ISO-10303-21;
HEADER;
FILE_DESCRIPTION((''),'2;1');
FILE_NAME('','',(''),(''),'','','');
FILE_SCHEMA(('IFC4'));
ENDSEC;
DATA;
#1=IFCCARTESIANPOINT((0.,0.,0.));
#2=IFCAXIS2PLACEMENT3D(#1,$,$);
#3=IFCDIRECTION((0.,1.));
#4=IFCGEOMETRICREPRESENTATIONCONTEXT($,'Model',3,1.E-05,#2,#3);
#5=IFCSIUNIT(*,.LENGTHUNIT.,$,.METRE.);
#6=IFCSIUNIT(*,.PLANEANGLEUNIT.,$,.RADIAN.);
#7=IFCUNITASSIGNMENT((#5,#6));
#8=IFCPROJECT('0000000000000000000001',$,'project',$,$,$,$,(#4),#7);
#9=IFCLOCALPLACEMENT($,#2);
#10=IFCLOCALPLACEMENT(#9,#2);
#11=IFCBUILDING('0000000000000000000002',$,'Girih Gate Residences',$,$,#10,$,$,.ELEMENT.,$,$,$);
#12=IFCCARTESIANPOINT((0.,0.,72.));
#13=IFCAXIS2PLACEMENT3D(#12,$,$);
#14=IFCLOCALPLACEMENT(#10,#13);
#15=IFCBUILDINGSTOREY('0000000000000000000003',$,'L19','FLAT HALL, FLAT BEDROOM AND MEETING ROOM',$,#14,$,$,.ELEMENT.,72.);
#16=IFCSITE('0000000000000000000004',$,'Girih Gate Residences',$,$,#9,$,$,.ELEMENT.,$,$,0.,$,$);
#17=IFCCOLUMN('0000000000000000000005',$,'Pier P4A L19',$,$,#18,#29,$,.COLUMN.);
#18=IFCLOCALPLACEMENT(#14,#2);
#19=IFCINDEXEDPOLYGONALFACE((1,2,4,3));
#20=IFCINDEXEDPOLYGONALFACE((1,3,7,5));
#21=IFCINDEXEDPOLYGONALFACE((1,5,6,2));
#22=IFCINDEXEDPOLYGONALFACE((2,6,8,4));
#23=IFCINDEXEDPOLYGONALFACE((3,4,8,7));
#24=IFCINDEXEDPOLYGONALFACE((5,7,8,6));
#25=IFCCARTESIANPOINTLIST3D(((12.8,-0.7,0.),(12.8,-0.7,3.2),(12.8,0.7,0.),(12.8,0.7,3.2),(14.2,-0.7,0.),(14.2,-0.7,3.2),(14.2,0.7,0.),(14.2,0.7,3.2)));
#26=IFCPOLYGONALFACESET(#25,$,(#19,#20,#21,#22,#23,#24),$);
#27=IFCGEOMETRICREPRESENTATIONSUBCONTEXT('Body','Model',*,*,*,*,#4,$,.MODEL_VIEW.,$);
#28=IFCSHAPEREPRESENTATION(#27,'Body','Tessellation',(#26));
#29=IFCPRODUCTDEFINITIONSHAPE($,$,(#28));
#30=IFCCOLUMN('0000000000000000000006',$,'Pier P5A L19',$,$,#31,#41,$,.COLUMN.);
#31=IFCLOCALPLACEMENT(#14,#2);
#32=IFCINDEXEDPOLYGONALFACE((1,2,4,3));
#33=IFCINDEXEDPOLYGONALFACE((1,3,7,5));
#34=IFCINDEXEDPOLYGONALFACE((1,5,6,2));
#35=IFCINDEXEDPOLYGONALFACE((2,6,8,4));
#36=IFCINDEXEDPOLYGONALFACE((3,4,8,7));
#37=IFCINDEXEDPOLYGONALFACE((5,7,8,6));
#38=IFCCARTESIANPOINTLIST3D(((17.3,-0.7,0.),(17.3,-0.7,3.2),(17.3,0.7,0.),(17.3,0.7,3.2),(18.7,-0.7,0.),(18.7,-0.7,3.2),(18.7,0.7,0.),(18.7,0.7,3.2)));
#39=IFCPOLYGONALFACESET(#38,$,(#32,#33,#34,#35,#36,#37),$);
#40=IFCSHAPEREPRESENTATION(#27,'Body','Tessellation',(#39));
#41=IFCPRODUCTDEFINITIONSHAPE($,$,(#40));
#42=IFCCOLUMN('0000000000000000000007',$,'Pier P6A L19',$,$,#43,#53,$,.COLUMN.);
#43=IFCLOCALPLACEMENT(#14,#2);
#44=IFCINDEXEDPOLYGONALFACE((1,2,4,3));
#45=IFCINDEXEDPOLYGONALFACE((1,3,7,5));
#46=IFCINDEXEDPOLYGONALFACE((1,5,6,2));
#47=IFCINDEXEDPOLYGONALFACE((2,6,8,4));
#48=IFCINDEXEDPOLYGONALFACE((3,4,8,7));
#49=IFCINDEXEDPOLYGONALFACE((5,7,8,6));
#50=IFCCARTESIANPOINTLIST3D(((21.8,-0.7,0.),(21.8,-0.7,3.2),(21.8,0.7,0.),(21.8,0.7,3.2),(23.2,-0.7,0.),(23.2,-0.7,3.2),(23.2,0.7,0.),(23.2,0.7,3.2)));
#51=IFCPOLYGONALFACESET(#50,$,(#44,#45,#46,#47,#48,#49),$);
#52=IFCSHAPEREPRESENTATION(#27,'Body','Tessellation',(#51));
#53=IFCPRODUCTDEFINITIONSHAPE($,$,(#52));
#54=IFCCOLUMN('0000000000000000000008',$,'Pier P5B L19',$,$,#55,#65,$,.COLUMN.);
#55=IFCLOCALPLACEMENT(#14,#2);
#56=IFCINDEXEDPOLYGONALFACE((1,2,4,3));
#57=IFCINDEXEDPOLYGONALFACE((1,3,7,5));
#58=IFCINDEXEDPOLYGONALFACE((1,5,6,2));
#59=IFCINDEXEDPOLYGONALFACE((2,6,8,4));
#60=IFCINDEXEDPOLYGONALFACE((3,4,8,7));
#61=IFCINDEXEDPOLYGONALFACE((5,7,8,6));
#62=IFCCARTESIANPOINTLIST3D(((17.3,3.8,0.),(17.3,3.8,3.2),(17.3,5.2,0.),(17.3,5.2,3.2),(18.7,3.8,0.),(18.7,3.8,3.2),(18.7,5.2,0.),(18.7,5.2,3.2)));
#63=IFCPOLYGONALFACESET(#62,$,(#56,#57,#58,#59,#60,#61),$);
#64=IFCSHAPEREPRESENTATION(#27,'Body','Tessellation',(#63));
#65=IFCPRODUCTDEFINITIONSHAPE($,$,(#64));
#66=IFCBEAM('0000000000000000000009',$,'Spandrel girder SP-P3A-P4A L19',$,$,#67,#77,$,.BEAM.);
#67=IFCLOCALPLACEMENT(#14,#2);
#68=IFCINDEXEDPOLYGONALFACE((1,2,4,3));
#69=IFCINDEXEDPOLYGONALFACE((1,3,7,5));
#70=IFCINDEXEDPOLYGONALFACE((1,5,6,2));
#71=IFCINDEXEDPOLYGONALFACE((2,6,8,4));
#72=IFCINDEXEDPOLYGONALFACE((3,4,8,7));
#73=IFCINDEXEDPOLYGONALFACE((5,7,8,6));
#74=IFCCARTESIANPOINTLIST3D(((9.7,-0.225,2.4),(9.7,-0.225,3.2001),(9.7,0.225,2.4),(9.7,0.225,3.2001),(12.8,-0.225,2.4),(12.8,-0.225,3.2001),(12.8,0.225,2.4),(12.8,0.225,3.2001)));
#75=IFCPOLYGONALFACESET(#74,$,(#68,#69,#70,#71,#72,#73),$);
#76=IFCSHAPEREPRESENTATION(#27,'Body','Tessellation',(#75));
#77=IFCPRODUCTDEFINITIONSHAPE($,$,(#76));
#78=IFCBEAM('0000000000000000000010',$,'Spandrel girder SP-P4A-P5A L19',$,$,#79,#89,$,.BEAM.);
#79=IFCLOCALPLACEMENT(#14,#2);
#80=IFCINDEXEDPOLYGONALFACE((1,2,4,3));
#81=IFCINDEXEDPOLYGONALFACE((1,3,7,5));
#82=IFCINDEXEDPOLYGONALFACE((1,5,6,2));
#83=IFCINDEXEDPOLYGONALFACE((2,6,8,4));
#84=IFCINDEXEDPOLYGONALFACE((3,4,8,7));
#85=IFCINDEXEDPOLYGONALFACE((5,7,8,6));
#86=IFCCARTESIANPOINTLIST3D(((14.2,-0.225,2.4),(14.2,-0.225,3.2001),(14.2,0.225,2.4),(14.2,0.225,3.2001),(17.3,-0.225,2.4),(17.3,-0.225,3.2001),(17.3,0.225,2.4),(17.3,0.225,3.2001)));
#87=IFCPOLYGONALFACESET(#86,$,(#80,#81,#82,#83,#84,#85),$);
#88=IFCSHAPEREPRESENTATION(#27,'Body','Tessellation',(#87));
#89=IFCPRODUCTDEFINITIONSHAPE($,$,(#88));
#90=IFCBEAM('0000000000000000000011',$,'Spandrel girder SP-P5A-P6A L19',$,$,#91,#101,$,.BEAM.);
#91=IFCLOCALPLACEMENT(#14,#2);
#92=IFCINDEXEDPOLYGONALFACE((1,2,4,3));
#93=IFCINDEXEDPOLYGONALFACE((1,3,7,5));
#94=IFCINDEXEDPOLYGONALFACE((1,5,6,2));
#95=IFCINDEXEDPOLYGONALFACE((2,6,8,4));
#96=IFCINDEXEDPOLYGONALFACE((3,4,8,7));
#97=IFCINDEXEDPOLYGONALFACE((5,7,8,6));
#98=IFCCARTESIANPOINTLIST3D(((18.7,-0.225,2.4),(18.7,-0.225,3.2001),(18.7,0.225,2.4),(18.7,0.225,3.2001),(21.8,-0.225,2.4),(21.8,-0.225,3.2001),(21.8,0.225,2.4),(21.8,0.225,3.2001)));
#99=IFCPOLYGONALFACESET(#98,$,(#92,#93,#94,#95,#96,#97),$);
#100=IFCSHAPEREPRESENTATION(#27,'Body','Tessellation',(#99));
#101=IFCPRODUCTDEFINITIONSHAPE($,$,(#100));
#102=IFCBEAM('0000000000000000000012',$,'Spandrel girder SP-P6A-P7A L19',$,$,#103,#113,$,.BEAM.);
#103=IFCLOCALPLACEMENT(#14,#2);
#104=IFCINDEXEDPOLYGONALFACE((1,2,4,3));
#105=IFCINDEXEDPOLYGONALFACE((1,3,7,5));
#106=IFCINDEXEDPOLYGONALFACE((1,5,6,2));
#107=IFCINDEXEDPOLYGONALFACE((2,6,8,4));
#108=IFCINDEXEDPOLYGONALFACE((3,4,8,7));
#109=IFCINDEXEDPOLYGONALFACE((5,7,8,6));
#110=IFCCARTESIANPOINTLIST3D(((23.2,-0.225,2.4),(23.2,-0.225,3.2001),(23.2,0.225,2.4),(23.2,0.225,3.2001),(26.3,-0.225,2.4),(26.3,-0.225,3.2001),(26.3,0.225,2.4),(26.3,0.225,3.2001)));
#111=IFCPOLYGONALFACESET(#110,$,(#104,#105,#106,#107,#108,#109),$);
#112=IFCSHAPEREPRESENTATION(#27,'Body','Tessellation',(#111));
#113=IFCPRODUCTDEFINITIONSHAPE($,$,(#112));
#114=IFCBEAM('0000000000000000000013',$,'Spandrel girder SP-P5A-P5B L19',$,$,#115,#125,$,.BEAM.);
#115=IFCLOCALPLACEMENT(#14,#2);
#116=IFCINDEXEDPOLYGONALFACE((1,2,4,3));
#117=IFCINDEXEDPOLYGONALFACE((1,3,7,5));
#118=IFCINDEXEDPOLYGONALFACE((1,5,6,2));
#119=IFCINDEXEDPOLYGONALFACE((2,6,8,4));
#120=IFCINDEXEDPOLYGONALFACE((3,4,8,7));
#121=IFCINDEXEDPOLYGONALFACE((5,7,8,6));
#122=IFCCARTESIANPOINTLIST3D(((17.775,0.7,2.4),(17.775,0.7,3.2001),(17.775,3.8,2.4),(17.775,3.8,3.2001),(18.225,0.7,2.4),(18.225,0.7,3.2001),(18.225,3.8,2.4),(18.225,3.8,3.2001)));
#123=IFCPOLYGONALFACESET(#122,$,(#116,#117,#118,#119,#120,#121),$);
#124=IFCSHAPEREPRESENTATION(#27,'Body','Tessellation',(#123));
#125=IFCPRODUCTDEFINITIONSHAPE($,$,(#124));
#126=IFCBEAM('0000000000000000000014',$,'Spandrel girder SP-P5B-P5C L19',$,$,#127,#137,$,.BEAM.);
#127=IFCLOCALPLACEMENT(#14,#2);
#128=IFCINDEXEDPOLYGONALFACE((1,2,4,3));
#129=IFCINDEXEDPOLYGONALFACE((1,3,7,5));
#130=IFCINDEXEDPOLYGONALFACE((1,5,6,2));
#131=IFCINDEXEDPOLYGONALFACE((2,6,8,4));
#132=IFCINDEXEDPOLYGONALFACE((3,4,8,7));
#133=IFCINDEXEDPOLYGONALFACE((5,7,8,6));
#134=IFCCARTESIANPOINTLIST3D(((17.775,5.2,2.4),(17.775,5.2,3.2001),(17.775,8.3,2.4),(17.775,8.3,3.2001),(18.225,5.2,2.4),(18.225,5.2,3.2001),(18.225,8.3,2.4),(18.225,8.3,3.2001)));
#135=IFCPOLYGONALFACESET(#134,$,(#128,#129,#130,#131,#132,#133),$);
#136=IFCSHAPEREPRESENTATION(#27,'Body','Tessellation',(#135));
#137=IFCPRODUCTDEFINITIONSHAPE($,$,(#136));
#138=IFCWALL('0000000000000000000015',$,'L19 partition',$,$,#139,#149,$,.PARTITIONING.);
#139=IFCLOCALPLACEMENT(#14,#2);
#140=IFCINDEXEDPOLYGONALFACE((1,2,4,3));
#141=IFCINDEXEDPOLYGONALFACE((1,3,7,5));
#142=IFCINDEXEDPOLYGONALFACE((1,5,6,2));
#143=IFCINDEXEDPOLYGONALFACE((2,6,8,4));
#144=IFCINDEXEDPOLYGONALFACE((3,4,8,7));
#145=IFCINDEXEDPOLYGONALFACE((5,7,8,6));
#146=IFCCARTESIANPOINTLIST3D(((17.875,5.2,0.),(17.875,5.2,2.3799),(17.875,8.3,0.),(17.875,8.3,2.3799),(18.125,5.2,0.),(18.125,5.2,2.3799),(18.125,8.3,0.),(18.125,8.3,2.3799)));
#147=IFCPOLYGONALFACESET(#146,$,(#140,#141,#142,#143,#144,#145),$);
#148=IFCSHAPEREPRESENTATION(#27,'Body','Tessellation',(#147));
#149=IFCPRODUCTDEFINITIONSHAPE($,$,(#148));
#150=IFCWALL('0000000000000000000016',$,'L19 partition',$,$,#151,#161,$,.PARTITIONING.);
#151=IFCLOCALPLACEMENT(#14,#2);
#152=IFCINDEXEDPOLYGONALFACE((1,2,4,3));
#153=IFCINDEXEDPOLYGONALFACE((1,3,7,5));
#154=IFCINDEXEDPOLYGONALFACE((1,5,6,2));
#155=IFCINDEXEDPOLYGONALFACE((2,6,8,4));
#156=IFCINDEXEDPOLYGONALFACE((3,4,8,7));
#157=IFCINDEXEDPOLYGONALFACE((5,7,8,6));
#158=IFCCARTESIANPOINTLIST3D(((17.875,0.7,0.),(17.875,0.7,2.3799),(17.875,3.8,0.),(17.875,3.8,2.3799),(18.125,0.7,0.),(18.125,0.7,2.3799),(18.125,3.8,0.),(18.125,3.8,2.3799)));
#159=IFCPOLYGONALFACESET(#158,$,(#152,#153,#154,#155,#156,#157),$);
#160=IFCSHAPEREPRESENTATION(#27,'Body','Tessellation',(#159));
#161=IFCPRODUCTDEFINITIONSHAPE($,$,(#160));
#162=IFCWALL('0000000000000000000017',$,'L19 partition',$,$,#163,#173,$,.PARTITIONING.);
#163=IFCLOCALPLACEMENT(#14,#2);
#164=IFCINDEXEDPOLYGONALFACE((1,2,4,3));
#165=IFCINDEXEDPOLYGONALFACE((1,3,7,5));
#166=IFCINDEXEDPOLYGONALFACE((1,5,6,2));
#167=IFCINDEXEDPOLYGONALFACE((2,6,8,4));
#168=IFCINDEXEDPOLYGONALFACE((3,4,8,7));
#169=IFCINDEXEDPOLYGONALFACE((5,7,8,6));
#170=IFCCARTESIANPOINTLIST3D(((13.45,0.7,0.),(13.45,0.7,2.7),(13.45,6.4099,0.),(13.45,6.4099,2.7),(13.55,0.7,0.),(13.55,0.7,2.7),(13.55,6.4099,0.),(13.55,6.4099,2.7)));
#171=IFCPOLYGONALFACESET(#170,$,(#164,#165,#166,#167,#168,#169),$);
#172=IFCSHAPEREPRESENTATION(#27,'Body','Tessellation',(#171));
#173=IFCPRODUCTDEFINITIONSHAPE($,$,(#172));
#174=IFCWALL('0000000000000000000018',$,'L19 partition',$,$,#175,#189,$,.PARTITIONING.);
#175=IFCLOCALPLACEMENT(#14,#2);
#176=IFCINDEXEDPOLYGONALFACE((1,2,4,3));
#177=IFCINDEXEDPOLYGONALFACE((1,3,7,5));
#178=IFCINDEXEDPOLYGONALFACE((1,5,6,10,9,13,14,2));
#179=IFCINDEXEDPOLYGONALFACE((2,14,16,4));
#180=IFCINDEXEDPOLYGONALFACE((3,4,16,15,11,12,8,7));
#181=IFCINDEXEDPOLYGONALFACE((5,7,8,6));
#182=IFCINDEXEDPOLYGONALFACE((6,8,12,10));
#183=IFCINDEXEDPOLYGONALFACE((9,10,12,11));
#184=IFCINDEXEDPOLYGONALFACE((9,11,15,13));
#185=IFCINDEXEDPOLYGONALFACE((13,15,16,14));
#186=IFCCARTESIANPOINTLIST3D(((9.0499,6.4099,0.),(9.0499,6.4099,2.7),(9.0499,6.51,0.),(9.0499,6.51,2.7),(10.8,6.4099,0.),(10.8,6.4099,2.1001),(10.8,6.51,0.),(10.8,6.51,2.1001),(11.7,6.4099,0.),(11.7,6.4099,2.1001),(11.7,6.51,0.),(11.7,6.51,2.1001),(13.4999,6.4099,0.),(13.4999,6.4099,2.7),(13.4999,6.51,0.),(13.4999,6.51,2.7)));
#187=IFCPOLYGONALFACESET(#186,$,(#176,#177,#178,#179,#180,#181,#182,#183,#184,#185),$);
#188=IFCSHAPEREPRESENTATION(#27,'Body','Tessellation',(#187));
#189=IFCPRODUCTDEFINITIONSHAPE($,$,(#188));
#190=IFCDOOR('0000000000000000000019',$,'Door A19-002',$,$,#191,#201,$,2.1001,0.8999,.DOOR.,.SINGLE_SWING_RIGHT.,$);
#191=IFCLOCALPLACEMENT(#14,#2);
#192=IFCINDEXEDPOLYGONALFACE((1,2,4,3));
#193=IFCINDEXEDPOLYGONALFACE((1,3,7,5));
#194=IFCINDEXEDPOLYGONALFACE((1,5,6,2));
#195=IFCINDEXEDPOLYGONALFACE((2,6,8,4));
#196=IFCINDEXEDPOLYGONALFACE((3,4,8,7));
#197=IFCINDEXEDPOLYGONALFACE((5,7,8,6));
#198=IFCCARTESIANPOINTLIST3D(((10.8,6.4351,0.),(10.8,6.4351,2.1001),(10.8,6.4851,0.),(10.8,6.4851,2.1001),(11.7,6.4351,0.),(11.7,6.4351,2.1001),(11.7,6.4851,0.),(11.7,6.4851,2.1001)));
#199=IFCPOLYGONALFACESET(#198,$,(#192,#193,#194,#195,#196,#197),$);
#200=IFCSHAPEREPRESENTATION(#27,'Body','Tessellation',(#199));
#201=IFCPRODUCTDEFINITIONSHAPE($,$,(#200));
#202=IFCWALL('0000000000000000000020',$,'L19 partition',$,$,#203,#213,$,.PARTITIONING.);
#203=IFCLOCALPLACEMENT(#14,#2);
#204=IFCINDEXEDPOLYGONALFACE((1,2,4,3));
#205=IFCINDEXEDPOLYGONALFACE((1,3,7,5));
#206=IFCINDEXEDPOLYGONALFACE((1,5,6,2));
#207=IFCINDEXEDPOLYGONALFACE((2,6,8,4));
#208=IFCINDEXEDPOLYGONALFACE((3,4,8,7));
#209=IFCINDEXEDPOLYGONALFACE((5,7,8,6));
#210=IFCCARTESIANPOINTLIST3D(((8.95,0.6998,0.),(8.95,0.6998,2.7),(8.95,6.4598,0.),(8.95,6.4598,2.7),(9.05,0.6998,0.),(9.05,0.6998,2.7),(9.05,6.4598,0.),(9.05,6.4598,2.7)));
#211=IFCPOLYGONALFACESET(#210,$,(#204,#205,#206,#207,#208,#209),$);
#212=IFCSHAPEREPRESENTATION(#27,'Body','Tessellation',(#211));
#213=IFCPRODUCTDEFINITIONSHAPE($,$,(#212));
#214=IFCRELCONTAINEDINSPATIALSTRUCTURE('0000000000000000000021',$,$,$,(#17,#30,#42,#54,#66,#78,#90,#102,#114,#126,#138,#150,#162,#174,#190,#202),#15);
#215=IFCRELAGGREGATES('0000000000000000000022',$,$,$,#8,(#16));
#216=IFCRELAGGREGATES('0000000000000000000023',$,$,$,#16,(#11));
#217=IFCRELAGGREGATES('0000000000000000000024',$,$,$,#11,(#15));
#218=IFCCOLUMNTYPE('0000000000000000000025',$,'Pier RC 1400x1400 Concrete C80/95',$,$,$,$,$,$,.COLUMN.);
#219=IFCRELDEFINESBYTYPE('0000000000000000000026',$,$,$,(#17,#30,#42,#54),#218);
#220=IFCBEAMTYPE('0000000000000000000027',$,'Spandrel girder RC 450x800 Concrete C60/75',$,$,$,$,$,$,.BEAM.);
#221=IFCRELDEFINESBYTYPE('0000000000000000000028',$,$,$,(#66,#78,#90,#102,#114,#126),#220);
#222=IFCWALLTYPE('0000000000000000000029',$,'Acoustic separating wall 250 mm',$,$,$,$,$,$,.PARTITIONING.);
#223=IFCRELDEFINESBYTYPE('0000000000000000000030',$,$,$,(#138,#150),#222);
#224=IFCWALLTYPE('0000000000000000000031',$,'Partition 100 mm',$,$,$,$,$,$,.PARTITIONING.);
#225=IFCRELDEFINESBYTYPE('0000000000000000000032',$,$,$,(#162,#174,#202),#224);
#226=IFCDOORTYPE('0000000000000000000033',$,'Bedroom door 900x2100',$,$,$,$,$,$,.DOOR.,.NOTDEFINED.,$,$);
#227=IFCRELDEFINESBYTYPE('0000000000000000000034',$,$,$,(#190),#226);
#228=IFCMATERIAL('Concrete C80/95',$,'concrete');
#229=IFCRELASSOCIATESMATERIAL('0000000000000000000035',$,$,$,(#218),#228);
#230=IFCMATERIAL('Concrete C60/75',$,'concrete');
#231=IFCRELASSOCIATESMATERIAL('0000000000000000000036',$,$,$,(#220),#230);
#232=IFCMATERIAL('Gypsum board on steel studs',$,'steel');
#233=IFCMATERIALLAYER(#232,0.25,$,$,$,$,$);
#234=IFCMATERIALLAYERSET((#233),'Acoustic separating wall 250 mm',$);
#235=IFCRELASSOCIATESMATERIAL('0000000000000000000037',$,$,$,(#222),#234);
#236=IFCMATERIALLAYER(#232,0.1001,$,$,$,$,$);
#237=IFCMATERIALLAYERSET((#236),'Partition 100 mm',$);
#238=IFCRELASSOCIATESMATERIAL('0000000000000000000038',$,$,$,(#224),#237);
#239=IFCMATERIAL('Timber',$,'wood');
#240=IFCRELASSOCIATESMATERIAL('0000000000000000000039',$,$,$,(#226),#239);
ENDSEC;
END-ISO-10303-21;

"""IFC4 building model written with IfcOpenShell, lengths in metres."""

from ifc_helpers import new_model, si_unit, direction, frame, frame_2d, origin, origin_2d, place, context, subcontext, project, spatial, rectangle, extrude, material, layer, layer_set, material_profile, profile_set, type_object, element, fill, save


model = new_model("IFC4")

# Units and contexts
model_context = context("Model", 3, precision=1e-05, world=origin(), true_north=direction((0.0, 1.0)))
body_context = subcontext(model_context, "Body", "Model", "MODEL_VIEW")
ifc_project = project(units=[si_unit("LENGTHUNIT", "METRE"), si_unit("PLANEANGLEUNIT", "RADIAN")], contexts=[model_context])

# Site, building, storey
site_placement = place(None, origin())
site = spatial("IfcSite", under=ifc_project, at=site_placement, Name="Girih Gate Residences", CompositionType="ELEMENT", RefElevation=0.0)
building_placement = place(site_placement, origin())
building = spatial("IfcBuilding", under=site, at=building_placement, Name="Girih Gate Residences", CompositionType="ELEMENT")
storey_placement = place(building_placement, frame((0.0, 0.0, 72.0)))
storey = spatial("IfcBuildingStorey", under=building, at=storey_placement, Name="L19", Description="FLAT HALL, FLAT BEDROOM AND MEETING ROOM", CompositionType="ELEMENT", Elevation=72.0)

# Columns
ifc_material_1 = material(Name="Concrete C80/95", Category="concrete")
ifc_material_profile_1 = material_profile(ifc_material_1, rectangle(XDim=1.3999, YDim=1.3999, at=origin_2d()))
ifc_profile_set_1 = profile_set([ifc_material_profile_1], Name="Concrete C80/95")
column_type = type_object("IfcColumnType", Name="Pier RC 1400x1400 Concrete C80/95", PredefinedType="COLUMN", material=ifc_profile_set_1)
for number, where, z_axis, x_axis, name in (
    (1, (13.5, 0.0, 0.0), (0.0, 0.0, 1.0), (1.0, 0.0, 0.0), "Pier P4A L19"),
    (2, (18.0, 0.0, 0.0), (0.0, 0.0, 1.0), (1.0, 0.0, 0.0), "Pier P5A L19"),
    (3, (22.5, 0.0, 0.0), (0.0, 0.0, 1.0), (1.0, 0.0, 0.0), "Pier P6A L19"),
    (4, (18.0, 4.5, 0.0), (0.0, 0.0, 1.0), (1.0, 0.0, 0.0), "Pier P5B L19"),
):
    element("IfcColumn", number, at=place(storey_placement, frame(where, z_axis=z_axis, x_axis=x_axis)), inside=storey, type_object=column_type, Name=name, PredefinedType="COLUMN", context=body_context, shape_type="SweptSolid", body=[
        extrude(rectangle(XDim=1.3999, YDim=1.3999, at=origin_2d()), origin(), (0.0, 0.0, 1.0), 3.2),
    ])

# Beams
ifc_material_2 = material(Name="Concrete C60/75", Category="concrete")
ifc_material_profile_2 = material_profile(ifc_material_2, rectangle(XDim=0.45, YDim=0.8, at=origin_2d()))
ifc_profile_set_2 = profile_set([ifc_material_profile_2], Name="Concrete C60/75")
beam_type = type_object("IfcBeamType", Name="Spandrel girder RC 450x800 Concrete C60/75", PredefinedType="BEAM", material=ifc_profile_set_2)
for number, where, z_axis, x_axis, name in (
    (5, (9.7, 0.0, 2.8), (1.0, 0.0, 0.0), (0.0, 1.0, 0.0), "Spandrel girder SP-P3A-P4A L19"),
    (6, (14.2, 0.0, 2.8), (1.0, 0.0, 0.0), (0.0, 1.0, 0.0), "Spandrel girder SP-P4A-P5A L19"),
    (7, (18.7, 0.0, 2.8), (1.0, 0.0, 0.0), (0.0, 1.0, 0.0), "Spandrel girder SP-P5A-P6A L19"),
    (8, (23.2, 0.0, 2.8), (1.0, 0.0, 0.0), (0.0, 1.0, 0.0), "Spandrel girder SP-P6A-P7A L19"),
    (9, (18.0, 0.7, 2.8), (0.0, 1.0, 0.0), (-1.0, 0.0, 0.0), "Spandrel girder SP-P5A-P5B L19"),
    (10, (18.0, 5.2, 2.8), (0.0, 1.0, 0.0), (-1.0, 0.0, 0.0), "Spandrel girder SP-P5B-P5C L19"),
):
    element("IfcBeam", number, at=place(storey_placement, frame(where, z_axis=z_axis, x_axis=x_axis)), inside=storey, type_object=beam_type, Name=name, PredefinedType="BEAM", context=body_context, shape_type="SweptSolid", body=[
        extrude(rectangle(XDim=0.45, YDim=0.8, at=origin_2d()), origin(), (0.0, 0.0, 1.0), 3.1001),
    ])

# Walls
ifc_material_3 = material(Name="Gypsum board on steel studs", Category="steel")
ifc_layer_1 = layer(ifc_material_3, 0.25)
ifc_layer_set_1 = layer_set([ifc_layer_1], Name="Acoustic separating wall 250 mm")
wall_type_1 = type_object("IfcWallType", Name="Acoustic separating wall 250 mm", PredefinedType="PARTITIONING", material=ifc_layer_set_1)
for number, where, z_axis, x_axis, name in (
    (11, (18.0, 5.2, 0.0), (0.0, 0.0, 1.0), (0.0, 1.0, 0.0), "L19 partition"),
    (12, (18.0, 0.7, 0.0), (0.0, 0.0, 1.0), (0.0, 1.0, 0.0), "L19 partition"),
):
    element("IfcWall", number, at=place(storey_placement, frame(where, z_axis=z_axis, x_axis=x_axis)), inside=storey, type_object=wall_type_1, Name=name, PredefinedType="PARTITIONING", context=body_context, shape_type="SweptSolid", body=[
        extrude(rectangle(XDim=3.1001, YDim=0.25, at=frame_2d((1.55, 0.0))), origin(), (0.0, 0.0, 1.0), 2.3799),
    ])
ifc_layer_2 = layer(ifc_material_3, 0.1001)
ifc_layer_set_2 = layer_set([ifc_layer_2], Name="Partition 100 mm")
wall_type_2 = type_object("IfcWallType", Name="Partition 100 mm", PredefinedType="PARTITIONING", material=ifc_layer_set_2)
wall_1_placement = place(storey_placement, frame((13.5, 0.7, 0.0), z_axis=(0.0, 0.0, 1.0), x_axis=(0.0, 1.0, 0.0)))
element("IfcWall", 13, at=wall_1_placement, inside=storey, type_object=wall_type_2, Name="L19 partition", PredefinedType="PARTITIONING", context=body_context, shape_type="SweptSolid", body=[
    extrude(rectangle(XDim=5.71, YDim=0.1001, at=frame_2d((2.855, 0.0))), origin(), (0.0, 0.0, 1.0), 2.7),
])

# Wall, opening, door
wall_2_placement = place(storey_placement, frame((13.5, 6.46, 0.0), z_axis=(0.0, 0.0, 1.0), x_axis=(-1.0, 0.0, 0.0)))
wall_2 = element("IfcWall", 14, at=wall_2_placement, inside=storey, type_object=wall_type_2, Name="L19 partition", PredefinedType="PARTITIONING", context=body_context, shape_type="SweptSolid", body=[
    extrude(rectangle(XDim=4.45, YDim=0.1001, at=frame_2d((2.2251, 0.0))), origin(), (0.0, 0.0, 1.0), 2.7),
])
opening_1_placement = place(wall_2_placement, frame((1.8, 0.0, 0.0)))
opening_1 = element("IfcOpeningElement", 15, at=opening_1_placement, cuts=wall_2, PredefinedType="OPENING", context=body_context, shape_type="SweptSolid", body=[
    extrude(rectangle(XDim=0.8999, YDim=2.1001, at=frame_2d((0.45, 1.05))), frame((0.0, 0.0601, 0.0), z_axis=(0.0, -1.0, 0.0), x_axis=(1.0, 0.0, 0.0)), (0.0, 0.0, 1.0), 0.1201),
])
ifc_material_4 = material(Name="Timber", Category="wood")
door_type_1 = type_object("IfcDoorType", Name="Bedroom door 900x2100", OperationType="NOTDEFINED", PredefinedType="DOOR", material=ifc_material_4)
door_1_placement = place(opening_1_placement, origin())
door_1 = element("IfcDoor", 16, at=door_1_placement, inside=storey, type_object=door_type_1, Name="Door A19-002", OperationType="SINGLE_SWING_RIGHT", OverallHeight=2.1001, OverallWidth=0.8999, PredefinedType="DOOR", context=body_context, shape_type="SweptSolid", body=[
    extrude(rectangle(XDim=0.8999, YDim=2.1001, at=frame_2d((0.45, 1.05))), frame((0.0, 0.0249, 0.0), z_axis=(0.0, -1.0, 0.0), x_axis=(1.0, 0.0, 0.0)), (0.0, 0.0, 1.0), 0.05),
])
fill(opening_1, door_1)

# Wall
wall_3_placement = place(storey_placement, frame((9.0, 0.7, 0.0), z_axis=(0.0, 0.0, 1.0), x_axis=(0.0, 1.0, 0.0)))
element("IfcWall", 17, at=wall_3_placement, inside=storey, type_object=wall_type_2, Name="L19 partition", PredefinedType="PARTITIONING", context=body_context, shape_type="SweptSolid", body=[
    extrude(rectangle(XDim=5.76, YDim=0.1001, at=frame_2d((2.8799, 0.0))), origin(), (0.0, 0.0, 1.0), 2.7),
])

save(model, "model.ifc")
